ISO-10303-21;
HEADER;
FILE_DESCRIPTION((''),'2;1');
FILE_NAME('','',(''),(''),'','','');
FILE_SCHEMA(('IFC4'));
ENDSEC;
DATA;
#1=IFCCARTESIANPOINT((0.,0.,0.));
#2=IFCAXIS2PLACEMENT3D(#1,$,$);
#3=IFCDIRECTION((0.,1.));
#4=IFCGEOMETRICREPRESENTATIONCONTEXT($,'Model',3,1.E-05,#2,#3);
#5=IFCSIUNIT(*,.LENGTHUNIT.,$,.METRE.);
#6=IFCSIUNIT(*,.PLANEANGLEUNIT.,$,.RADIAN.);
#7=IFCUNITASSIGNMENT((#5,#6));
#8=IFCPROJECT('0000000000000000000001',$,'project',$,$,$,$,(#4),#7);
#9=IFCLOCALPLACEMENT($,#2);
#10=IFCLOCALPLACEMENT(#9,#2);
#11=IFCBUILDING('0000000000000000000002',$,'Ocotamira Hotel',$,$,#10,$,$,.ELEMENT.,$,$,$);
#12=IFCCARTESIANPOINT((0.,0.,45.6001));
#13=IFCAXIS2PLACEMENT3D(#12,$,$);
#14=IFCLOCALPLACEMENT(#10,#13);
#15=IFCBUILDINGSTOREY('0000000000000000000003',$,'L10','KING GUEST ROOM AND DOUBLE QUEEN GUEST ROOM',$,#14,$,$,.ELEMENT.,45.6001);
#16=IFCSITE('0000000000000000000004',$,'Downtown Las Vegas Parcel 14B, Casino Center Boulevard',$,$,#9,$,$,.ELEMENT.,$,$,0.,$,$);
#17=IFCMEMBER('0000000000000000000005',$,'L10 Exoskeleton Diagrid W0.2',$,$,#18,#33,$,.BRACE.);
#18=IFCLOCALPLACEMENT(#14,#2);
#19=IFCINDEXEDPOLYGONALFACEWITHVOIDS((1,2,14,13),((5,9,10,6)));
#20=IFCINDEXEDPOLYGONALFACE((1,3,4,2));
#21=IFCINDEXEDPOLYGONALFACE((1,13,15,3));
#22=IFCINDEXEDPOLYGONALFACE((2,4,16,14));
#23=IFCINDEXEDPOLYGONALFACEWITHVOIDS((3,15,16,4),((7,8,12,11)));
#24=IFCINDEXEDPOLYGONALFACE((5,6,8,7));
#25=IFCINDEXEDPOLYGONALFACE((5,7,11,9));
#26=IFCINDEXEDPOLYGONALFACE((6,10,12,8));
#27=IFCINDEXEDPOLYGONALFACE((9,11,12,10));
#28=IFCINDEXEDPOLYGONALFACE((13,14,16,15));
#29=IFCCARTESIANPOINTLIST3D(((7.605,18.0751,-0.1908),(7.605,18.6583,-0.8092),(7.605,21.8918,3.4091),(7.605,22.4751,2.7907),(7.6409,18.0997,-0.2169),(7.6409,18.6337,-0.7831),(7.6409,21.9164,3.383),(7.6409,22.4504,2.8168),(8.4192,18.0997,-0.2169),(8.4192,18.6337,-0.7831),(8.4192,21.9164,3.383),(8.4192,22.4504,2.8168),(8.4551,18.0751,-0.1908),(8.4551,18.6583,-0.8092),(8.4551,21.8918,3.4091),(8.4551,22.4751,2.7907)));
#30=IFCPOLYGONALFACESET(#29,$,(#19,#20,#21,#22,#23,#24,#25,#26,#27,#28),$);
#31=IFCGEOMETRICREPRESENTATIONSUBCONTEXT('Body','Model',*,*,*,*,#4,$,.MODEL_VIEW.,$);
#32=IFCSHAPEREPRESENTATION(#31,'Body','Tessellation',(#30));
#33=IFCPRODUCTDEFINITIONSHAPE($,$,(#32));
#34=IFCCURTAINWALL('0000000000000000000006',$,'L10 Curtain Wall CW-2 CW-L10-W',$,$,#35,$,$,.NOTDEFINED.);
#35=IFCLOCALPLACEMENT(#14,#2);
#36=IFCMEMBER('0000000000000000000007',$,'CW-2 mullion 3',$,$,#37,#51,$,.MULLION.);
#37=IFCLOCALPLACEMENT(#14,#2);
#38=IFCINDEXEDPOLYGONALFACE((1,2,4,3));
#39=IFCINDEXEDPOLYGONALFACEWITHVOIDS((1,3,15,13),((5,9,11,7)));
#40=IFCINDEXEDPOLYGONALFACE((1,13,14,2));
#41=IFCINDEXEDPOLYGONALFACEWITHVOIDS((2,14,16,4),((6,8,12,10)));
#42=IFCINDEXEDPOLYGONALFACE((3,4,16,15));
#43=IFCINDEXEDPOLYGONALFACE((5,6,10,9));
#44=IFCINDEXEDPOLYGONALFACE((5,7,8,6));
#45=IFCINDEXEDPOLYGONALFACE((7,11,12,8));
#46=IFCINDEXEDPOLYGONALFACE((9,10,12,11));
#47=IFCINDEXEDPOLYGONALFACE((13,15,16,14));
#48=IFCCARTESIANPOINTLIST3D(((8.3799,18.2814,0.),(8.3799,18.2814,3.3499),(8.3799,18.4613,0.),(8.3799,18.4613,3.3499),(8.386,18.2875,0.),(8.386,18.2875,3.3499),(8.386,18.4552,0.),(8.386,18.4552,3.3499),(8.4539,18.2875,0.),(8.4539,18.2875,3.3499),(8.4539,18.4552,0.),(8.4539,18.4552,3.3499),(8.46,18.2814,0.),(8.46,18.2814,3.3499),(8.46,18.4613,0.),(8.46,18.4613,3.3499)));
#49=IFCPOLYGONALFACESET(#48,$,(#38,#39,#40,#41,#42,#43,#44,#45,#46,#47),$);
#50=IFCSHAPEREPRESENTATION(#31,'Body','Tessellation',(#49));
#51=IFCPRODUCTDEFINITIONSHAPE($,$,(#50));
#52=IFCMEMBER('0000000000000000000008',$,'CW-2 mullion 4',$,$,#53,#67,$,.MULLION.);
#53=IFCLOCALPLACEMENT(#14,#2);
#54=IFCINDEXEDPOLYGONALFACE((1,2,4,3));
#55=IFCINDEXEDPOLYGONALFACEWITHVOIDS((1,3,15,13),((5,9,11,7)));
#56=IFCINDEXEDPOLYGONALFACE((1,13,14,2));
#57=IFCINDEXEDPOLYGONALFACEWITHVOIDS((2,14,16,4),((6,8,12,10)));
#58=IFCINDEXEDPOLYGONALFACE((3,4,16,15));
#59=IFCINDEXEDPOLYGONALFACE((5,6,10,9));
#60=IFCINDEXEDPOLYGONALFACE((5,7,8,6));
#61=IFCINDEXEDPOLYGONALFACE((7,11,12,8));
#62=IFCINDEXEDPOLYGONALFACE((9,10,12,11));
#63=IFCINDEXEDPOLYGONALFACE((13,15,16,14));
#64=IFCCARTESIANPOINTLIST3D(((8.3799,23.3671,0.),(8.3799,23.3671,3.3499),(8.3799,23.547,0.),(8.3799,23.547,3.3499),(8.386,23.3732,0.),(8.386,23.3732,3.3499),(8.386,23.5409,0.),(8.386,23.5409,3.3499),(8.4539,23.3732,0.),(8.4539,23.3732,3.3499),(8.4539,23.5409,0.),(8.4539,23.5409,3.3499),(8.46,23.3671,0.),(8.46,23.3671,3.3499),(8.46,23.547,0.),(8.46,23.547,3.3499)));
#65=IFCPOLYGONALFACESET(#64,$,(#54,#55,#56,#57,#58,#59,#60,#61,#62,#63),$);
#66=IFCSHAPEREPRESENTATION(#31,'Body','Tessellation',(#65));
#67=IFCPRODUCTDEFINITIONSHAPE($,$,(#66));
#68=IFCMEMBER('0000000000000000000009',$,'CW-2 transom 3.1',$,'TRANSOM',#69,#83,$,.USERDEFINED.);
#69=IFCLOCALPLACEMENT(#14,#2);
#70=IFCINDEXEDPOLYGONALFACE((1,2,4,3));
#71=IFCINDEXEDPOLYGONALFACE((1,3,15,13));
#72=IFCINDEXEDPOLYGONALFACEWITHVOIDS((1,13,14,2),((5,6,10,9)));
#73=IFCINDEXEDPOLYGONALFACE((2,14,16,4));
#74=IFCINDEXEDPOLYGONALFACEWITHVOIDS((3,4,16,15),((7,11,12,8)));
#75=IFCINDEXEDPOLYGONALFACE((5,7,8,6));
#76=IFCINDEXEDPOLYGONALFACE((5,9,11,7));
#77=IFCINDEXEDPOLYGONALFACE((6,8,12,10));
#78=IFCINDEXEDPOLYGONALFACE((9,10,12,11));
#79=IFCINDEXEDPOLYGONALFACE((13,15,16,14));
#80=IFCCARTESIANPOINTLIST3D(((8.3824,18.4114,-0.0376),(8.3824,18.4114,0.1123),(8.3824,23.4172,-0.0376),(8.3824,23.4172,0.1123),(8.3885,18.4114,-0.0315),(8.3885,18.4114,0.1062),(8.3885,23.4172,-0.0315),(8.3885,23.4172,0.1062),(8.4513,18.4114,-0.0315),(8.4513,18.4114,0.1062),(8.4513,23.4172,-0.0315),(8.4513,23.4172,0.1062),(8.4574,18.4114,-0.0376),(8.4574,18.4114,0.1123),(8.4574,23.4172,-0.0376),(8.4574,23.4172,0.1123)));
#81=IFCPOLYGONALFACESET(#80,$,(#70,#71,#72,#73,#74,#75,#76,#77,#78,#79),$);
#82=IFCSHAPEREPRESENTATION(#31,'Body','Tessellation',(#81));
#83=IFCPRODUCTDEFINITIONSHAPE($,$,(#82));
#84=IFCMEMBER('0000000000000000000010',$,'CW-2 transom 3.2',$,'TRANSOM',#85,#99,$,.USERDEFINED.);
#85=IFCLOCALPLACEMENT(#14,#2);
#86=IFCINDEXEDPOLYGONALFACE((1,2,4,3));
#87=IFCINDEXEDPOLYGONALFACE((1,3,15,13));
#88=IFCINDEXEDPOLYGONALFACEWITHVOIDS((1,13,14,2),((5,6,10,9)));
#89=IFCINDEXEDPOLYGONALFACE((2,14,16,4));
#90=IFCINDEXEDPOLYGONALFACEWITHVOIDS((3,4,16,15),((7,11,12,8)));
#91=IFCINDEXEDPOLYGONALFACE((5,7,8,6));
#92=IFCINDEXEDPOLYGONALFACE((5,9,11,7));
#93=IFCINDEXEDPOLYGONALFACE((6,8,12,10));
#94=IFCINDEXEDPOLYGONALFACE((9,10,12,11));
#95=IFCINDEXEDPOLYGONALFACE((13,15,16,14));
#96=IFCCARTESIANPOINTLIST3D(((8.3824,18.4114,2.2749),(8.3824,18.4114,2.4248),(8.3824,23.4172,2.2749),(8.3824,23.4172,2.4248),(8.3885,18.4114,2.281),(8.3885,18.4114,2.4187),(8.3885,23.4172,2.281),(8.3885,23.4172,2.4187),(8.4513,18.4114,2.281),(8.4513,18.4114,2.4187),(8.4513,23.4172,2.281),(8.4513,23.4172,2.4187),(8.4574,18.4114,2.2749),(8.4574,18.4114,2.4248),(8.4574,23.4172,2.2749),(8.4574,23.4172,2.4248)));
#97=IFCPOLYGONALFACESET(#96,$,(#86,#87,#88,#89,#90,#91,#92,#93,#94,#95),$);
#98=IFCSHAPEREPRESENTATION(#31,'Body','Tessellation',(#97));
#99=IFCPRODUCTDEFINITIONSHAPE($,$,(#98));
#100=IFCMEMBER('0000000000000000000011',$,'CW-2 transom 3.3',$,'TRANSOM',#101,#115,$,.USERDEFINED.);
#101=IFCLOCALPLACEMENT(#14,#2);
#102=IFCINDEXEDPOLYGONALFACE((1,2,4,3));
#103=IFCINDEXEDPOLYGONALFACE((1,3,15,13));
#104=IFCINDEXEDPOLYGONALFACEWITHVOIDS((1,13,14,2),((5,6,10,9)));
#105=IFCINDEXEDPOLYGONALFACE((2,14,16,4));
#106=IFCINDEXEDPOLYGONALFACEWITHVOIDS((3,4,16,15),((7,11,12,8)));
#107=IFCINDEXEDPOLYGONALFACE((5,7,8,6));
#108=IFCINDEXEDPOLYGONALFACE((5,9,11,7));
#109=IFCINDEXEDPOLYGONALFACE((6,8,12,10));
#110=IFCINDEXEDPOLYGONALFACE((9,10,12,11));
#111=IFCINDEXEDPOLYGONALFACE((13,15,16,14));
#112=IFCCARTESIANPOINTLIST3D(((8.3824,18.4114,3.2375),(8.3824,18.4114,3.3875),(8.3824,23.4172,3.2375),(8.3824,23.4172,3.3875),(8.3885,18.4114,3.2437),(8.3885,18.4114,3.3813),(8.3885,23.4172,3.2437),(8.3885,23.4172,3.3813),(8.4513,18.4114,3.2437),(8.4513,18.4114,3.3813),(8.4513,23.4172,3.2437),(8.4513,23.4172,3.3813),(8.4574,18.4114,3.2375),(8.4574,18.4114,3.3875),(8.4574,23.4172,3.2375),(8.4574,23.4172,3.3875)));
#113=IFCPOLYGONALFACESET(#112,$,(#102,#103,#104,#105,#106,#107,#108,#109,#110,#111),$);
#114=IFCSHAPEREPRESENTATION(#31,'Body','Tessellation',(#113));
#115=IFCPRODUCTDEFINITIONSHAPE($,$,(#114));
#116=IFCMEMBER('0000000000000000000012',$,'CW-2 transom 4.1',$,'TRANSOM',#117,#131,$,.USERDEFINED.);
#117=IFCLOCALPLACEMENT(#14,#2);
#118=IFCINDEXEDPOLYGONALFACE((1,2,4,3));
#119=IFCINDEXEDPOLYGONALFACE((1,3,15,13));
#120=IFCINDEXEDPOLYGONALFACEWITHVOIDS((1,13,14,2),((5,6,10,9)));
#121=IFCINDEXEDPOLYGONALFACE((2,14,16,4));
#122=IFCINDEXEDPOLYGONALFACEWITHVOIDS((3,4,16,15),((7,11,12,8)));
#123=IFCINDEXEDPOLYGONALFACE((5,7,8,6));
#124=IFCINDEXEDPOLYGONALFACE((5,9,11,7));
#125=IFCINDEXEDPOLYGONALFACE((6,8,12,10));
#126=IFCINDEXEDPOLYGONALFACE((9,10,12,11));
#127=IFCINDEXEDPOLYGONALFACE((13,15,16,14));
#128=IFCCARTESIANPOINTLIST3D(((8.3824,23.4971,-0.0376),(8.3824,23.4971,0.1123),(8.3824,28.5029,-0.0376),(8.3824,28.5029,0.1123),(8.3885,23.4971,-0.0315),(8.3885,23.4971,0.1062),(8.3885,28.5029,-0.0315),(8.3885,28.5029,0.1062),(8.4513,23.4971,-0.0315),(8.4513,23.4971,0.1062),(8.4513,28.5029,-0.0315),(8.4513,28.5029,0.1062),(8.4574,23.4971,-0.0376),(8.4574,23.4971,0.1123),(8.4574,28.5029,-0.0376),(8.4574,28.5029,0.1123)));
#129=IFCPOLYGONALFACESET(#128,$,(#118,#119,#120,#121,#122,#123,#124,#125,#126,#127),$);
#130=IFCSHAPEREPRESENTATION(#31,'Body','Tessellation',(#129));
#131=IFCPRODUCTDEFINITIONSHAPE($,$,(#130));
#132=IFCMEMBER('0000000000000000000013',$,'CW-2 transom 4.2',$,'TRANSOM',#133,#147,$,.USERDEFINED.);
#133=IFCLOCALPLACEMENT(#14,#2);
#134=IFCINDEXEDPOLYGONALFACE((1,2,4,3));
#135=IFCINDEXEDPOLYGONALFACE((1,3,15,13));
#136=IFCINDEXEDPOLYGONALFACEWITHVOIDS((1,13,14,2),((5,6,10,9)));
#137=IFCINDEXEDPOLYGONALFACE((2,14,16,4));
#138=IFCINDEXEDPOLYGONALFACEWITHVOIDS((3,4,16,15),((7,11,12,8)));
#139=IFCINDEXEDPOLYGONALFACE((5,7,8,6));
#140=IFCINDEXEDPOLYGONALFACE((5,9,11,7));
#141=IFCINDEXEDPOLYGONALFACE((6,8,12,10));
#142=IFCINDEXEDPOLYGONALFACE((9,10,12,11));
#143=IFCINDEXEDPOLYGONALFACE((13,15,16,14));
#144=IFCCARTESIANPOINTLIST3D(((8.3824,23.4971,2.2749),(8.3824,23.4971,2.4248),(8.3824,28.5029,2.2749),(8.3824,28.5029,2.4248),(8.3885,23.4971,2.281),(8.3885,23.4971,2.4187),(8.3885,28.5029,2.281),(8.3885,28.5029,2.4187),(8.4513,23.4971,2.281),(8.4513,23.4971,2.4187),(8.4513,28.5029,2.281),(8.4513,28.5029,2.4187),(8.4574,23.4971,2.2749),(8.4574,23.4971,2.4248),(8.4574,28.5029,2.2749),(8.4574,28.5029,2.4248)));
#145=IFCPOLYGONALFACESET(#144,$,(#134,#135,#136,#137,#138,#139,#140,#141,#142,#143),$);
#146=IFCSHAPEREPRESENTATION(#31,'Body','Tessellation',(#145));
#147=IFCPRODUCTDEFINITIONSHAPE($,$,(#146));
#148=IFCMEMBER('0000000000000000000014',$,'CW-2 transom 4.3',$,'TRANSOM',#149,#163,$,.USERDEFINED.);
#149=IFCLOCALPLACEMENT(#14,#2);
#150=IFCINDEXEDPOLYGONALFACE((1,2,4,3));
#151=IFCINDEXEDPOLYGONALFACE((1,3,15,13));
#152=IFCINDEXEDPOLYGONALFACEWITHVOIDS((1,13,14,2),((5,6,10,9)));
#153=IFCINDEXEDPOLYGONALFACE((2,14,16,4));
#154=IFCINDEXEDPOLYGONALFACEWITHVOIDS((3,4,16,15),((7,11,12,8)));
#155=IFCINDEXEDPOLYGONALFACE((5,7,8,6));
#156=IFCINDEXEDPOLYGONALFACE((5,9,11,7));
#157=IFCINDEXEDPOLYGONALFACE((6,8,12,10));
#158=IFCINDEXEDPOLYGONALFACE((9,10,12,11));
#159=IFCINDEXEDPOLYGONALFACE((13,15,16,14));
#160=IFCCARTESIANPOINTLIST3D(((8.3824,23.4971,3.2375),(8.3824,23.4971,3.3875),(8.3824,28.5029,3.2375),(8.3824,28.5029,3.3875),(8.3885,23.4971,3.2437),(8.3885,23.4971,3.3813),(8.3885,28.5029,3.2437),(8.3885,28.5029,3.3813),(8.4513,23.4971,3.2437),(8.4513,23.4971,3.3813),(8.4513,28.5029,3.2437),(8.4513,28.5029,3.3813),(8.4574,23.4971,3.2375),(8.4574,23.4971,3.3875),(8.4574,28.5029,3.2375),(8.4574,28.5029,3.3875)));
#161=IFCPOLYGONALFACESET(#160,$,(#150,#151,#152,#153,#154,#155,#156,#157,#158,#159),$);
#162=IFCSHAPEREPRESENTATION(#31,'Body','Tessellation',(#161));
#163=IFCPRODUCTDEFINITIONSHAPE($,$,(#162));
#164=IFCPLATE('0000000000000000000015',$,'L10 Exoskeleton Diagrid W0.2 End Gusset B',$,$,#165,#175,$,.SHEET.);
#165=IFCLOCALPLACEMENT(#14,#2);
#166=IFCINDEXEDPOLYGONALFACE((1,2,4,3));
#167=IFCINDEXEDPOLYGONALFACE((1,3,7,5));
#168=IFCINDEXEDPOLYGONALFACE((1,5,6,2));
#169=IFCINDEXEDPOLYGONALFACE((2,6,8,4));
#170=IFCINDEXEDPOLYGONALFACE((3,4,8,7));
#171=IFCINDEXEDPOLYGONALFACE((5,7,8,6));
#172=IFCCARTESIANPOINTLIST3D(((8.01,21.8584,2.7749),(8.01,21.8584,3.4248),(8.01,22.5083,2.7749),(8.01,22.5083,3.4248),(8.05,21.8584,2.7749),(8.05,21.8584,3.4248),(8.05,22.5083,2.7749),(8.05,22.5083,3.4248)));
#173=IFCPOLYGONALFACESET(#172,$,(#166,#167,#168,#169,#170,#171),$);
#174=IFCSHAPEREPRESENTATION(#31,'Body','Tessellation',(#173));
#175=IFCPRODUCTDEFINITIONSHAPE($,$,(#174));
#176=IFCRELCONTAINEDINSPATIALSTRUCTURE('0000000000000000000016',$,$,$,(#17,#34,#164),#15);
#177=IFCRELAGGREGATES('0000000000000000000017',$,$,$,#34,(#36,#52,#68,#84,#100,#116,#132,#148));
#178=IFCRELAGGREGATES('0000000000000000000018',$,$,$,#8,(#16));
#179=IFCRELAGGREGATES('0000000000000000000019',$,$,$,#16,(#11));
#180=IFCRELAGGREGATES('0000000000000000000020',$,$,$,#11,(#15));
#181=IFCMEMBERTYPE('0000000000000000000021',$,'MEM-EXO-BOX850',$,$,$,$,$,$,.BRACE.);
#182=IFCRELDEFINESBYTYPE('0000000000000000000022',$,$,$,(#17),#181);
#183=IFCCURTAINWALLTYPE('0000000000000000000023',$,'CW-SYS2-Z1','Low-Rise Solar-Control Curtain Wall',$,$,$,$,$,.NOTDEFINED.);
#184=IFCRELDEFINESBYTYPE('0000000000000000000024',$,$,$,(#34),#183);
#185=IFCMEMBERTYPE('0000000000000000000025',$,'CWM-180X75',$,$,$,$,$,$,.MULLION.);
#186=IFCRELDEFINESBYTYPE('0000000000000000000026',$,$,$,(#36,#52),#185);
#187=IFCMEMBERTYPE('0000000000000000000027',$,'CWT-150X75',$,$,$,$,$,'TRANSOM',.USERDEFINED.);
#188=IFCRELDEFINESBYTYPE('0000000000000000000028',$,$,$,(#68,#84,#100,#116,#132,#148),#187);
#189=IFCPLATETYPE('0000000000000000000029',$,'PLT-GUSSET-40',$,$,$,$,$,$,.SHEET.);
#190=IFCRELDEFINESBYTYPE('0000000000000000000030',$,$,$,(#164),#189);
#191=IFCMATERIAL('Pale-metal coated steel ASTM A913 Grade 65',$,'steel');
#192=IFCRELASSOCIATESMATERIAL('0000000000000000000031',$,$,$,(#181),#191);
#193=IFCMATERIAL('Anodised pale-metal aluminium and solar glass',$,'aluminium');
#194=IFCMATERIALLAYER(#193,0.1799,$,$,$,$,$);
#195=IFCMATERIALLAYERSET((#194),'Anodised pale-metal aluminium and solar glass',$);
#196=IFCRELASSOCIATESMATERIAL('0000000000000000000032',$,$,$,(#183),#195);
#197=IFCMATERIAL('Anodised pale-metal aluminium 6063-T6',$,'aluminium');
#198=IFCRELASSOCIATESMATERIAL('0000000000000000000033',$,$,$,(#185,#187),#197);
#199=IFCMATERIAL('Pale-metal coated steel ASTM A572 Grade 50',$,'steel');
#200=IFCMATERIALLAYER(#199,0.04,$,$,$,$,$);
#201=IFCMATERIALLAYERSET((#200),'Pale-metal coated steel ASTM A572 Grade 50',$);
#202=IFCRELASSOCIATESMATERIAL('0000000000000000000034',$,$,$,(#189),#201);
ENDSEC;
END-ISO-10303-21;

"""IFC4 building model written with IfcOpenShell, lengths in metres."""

from ifc_helpers import new_model, si_unit, direction, frame, origin, origin_2d, place, context, subcontext, project, spatial, rectangle, hollow_rectangle, extrude, source, transform, mapped, material, layer, layer_set, material_profile, profile_set, type_object, element, aggregate, save


model = new_model("IFC4")

# Units and contexts
model_context = context("Model", 3, precision=1e-05, world=origin(), true_north=direction((0.0, 1.0)))
body_context = subcontext(model_context, "Body", "Model", "MODEL_VIEW")
ifc_project = project(units=[si_unit("LENGTHUNIT", "METRE"), si_unit("PLANEANGLEUNIT", "RADIAN")], contexts=[model_context])

# Site, building, storey
site_placement = place(None, origin())
site = spatial("IfcSite", under=ifc_project, at=site_placement, Name="Downtown Las Vegas Parcel 14B, Casino Center Boulevard", CompositionType="ELEMENT", RefElevation=0.0)
building_placement = place(site_placement, origin())
building = spatial("IfcBuilding", under=site, at=building_placement, Name="Ocotamira Hotel", CompositionType="ELEMENT")
storey_placement = place(building_placement, frame((0.0, 0.0, 45.6001)))
storey = spatial("IfcBuildingStorey", under=building, at=storey_placement, Name="L10", Description="KING GUEST ROOM AND DOUBLE QUEEN GUEST ROOM", CompositionType="ELEMENT", Elevation=45.6001)

# Member
ifc_material_1 = material(Name="Pale-metal coated steel ASTM A913 Grade 65", Category="steel")
ifc_material_profile_1 = material_profile(ifc_material_1, hollow_rectangle(XDim=0.8501, YDim=0.8501, WallThickness=0.0359, at=origin_2d()), Name="BOX850X850X36")
ifc_profile_set_1 = profile_set([ifc_material_profile_1], Name="Pale-metal coated steel ASTM A913 Grade 65")
member_type_1 = type_object("IfcMemberType", Name="MEM-EXO-BOX850", PredefinedType="BRACE", material=ifc_profile_set_1)
shared_shape_1 = source(origin(), body_context, "Body", "SweptSolid", [
    extrude(hollow_rectangle(XDim=0.8501, YDim=0.8501, WallThickness=0.0359, at=origin_2d()), origin(), (0.0, 0.0, 1.0), 5.2466),
])
for number, where, z_axis, x_axis, name in (
    (1, (8.03, 18.3667, -0.5), (0.0, 0.727466, 0.686144), (-1.0, 0.0, 0.0), "L10 Exoskeleton Diagrid W0.2"),
):
    element("IfcMember", number, at=place(storey_placement, frame(where, z_axis=z_axis, x_axis=x_axis)), inside=storey, type_object=member_type_1, Name=name, PredefinedType="BRACE", context=body_context, shape_type="MappedRepresentation", body=[
        mapped(shared_shape_1, transform((0.0, 0.0, 0.0), scale=1.0)),
    ])

# Curtain wall, members
ifc_material_2 = material(Name="Anodised pale-metal aluminium and solar glass", Category="aluminium")
ifc_layer_1 = layer(ifc_material_2, 0.1799)
ifc_layer_set_1 = layer_set([ifc_layer_1], Name="Anodised pale-metal aluminium and solar glass")
curtain_wall_type = type_object("IfcCurtainWallType", Name="CW-SYS2-Z1", Description="Low-Rise Solar-Control Curtain Wall", PredefinedType="NOTDEFINED", material=ifc_layer_set_1)
curtain_wall_placement = place(storey_placement, origin())
curtain_wall = element("IfcCurtainWall", 2, at=curtain_wall_placement, inside=storey, type_object=curtain_wall_type, Name="L10 Curtain Wall CW-2 CW-L10-W", PredefinedType="NOTDEFINED")
ifc_material_3 = material(Name="Anodised pale-metal aluminium 6063-T6", Category="aluminium")
ifc_material_profile_2 = material_profile(ifc_material_3, hollow_rectangle(XDim=0.0801, YDim=0.1799, WallThickness=0.0061, at=origin_2d()), Name="HSS180X80X6")
ifc_profile_set_2 = profile_set([ifc_material_profile_2], Name="Anodised pale-metal aluminium 6063-T6")
member_type_2 = type_object("IfcMemberType", Name="CWM-180X75", PredefinedType="MULLION", material=ifc_profile_set_2)
shared_shape_2 = source(origin(), body_context, "Body", "SweptSolid", [
    extrude(hollow_rectangle(XDim=0.0801, YDim=0.1799, WallThickness=0.0061, at=origin_2d()), origin(), (0.0, 0.0, 1.0), 3.3499),
])
member_1_placement = place(storey_placement, frame((8.4199, 18.3713, 0.0), z_axis=(0.0, 0.0, 1.0), x_axis=(-1.0, 0.0, 0.0)))
member_1 = element("IfcMember", 3, at=member_1_placement, type_object=member_type_2, Name="CW-2 mullion 3", PredefinedType="MULLION", context=body_context, shape_type="MappedRepresentation", body=[
    mapped(shared_shape_2, transform((0.0, 0.0, 0.0), scale=1.0)),
])
member_2_placement = place(storey_placement, frame((8.4199, 23.457, 0.0), z_axis=(0.0, 0.0, 1.0), x_axis=(-1.0, 0.0, 0.0)))
member_2 = element("IfcMember", 4, at=member_2_placement, type_object=member_type_2, Name="CW-2 mullion 4", PredefinedType="MULLION", context=body_context, shape_type="MappedRepresentation", body=[
    mapped(shared_shape_2, transform((0.0, 0.0, 0.0), scale=1.0)),
])
ifc_material_profile_3 = material_profile(ifc_material_3, hollow_rectangle(XDim=0.075, YDim=0.1499, WallThickness=0.0061, at=origin_2d()), Name="HSS150X75X6")
ifc_profile_set_3 = profile_set([ifc_material_profile_3], Name="Anodised pale-metal aluminium 6063-T6")
member_type_3 = type_object("IfcMemberType", Name="CWT-150X75", ElementType="TRANSOM", PredefinedType="USERDEFINED", material=ifc_profile_set_3)
shared_shape_3 = source(origin(), body_context, "Body", "SweptSolid", [
    extrude(hollow_rectangle(XDim=0.075, YDim=0.1499, WallThickness=0.0061, at=origin_2d()), origin(), (0.0, 0.0, 1.0), 5.0059),
])
member_3_placement = place(storey_placement, frame((8.4199, 18.4114, 0.0374), z_axis=(0.0, 1.0, 0.0), x_axis=(-1.0, 0.0, 0.0)))
member_3 = element("IfcMember", 5, at=member_3_placement, type_object=member_type_3, Name="CW-2 transom 3.1", ObjectType="TRANSOM", PredefinedType="USERDEFINED", context=body_context, shape_type="MappedRepresentation", body=[
    mapped(shared_shape_3, transform((0.0, 0.0, 0.0), scale=1.0)),
])
member_4_placement = place(storey_placement, frame((8.4199, 18.4114, 2.3499), z_axis=(0.0, 1.0, 0.0), x_axis=(-1.0, 0.0, 0.0)))
member_4 = element("IfcMember", 6, at=member_4_placement, type_object=member_type_3, Name="CW-2 transom 3.2", ObjectType="TRANSOM", PredefinedType="USERDEFINED", context=body_context, shape_type="MappedRepresentation", body=[
    mapped(shared_shape_3, transform((0.0, 0.0, 0.0), scale=1.0)),
])
member_5_placement = place(storey_placement, frame((8.4199, 18.4114, 3.3125), z_axis=(0.0, 1.0, 0.0), x_axis=(-1.0, 0.0, 0.0)))
member_5 = element("IfcMember", 7, at=member_5_placement, type_object=member_type_3, Name="CW-2 transom 3.3", ObjectType="TRANSOM", PredefinedType="USERDEFINED", context=body_context, shape_type="MappedRepresentation", body=[
    mapped(shared_shape_3, transform((0.0, 0.0, 0.0), scale=1.0)),
])
member_6_placement = place(storey_placement, frame((8.4199, 23.4971, 0.0374), z_axis=(0.0, 1.0, 0.0), x_axis=(-1.0, 0.0, 0.0)))
member_6 = element("IfcMember", 8, at=member_6_placement, type_object=member_type_3, Name="CW-2 transom 4.1", ObjectType="TRANSOM", PredefinedType="USERDEFINED", context=body_context, shape_type="MappedRepresentation", body=[
    mapped(shared_shape_3, transform((0.0, 0.0, 0.0), scale=1.0)),
])
member_7_placement = place(storey_placement, frame((8.4199, 23.4971, 2.3499), z_axis=(0.0, 1.0, 0.0), x_axis=(-1.0, 0.0, 0.0)))
member_7 = element("IfcMember", 9, at=member_7_placement, type_object=member_type_3, Name="CW-2 transom 4.2", ObjectType="TRANSOM", PredefinedType="USERDEFINED", context=body_context, shape_type="MappedRepresentation", body=[
    mapped(shared_shape_3, transform((0.0, 0.0, 0.0), scale=1.0)),
])
member_8_placement = place(storey_placement, frame((8.4199, 23.4971, 3.3125), z_axis=(0.0, 1.0, 0.0), x_axis=(-1.0, 0.0, 0.0)))
member_8 = element("IfcMember", 10, at=member_8_placement, type_object=member_type_3, Name="CW-2 transom 4.3", ObjectType="TRANSOM", PredefinedType="USERDEFINED", context=body_context, shape_type="MappedRepresentation", body=[
    mapped(shared_shape_3, transform((0.0, 0.0, 0.0), scale=1.0)),
])

# Plate
ifc_material_4 = material(Name="Pale-metal coated steel ASTM A572 Grade 50", Category="steel")
ifc_layer_2 = layer(ifc_material_4, 0.04)
ifc_layer_set_2 = layer_set([ifc_layer_2], Name="Pale-metal coated steel ASTM A572 Grade 50")
plate_type_1 = type_object("IfcPlateType", Name="PLT-GUSSET-40", PredefinedType="SHEET", material=ifc_layer_set_2)
shared_shape_4 = source(origin(), body_context, "Body", "SweptSolid", [
    extrude(rectangle(XDim=0.04, YDim=0.6499, at=origin_2d()), origin(), (0.0, 0.0, 1.0), 0.6499),
])
plate_1_placement = place(storey_placement, frame((8.03, 22.1833, 2.7749), z_axis=(0.0, 0.0, 1.0), x_axis=(1.0, 0.0, 0.0)))
element("IfcPlate", 11, at=plate_1_placement, inside=storey, type_object=plate_type_1, Name="L10 Exoskeleton Diagrid W0.2 End Gusset B", PredefinedType="SHEET", context=body_context, shape_type="MappedRepresentation", body=[
    mapped(shared_shape_4, transform((0.0, 0.0, 0.0), scale=1.0)),
])
aggregate(curtain_wall, [member_1, member_2, member_3, member_4, member_5, member_6, member_7, member_8])

save(model, "model.ifc")
